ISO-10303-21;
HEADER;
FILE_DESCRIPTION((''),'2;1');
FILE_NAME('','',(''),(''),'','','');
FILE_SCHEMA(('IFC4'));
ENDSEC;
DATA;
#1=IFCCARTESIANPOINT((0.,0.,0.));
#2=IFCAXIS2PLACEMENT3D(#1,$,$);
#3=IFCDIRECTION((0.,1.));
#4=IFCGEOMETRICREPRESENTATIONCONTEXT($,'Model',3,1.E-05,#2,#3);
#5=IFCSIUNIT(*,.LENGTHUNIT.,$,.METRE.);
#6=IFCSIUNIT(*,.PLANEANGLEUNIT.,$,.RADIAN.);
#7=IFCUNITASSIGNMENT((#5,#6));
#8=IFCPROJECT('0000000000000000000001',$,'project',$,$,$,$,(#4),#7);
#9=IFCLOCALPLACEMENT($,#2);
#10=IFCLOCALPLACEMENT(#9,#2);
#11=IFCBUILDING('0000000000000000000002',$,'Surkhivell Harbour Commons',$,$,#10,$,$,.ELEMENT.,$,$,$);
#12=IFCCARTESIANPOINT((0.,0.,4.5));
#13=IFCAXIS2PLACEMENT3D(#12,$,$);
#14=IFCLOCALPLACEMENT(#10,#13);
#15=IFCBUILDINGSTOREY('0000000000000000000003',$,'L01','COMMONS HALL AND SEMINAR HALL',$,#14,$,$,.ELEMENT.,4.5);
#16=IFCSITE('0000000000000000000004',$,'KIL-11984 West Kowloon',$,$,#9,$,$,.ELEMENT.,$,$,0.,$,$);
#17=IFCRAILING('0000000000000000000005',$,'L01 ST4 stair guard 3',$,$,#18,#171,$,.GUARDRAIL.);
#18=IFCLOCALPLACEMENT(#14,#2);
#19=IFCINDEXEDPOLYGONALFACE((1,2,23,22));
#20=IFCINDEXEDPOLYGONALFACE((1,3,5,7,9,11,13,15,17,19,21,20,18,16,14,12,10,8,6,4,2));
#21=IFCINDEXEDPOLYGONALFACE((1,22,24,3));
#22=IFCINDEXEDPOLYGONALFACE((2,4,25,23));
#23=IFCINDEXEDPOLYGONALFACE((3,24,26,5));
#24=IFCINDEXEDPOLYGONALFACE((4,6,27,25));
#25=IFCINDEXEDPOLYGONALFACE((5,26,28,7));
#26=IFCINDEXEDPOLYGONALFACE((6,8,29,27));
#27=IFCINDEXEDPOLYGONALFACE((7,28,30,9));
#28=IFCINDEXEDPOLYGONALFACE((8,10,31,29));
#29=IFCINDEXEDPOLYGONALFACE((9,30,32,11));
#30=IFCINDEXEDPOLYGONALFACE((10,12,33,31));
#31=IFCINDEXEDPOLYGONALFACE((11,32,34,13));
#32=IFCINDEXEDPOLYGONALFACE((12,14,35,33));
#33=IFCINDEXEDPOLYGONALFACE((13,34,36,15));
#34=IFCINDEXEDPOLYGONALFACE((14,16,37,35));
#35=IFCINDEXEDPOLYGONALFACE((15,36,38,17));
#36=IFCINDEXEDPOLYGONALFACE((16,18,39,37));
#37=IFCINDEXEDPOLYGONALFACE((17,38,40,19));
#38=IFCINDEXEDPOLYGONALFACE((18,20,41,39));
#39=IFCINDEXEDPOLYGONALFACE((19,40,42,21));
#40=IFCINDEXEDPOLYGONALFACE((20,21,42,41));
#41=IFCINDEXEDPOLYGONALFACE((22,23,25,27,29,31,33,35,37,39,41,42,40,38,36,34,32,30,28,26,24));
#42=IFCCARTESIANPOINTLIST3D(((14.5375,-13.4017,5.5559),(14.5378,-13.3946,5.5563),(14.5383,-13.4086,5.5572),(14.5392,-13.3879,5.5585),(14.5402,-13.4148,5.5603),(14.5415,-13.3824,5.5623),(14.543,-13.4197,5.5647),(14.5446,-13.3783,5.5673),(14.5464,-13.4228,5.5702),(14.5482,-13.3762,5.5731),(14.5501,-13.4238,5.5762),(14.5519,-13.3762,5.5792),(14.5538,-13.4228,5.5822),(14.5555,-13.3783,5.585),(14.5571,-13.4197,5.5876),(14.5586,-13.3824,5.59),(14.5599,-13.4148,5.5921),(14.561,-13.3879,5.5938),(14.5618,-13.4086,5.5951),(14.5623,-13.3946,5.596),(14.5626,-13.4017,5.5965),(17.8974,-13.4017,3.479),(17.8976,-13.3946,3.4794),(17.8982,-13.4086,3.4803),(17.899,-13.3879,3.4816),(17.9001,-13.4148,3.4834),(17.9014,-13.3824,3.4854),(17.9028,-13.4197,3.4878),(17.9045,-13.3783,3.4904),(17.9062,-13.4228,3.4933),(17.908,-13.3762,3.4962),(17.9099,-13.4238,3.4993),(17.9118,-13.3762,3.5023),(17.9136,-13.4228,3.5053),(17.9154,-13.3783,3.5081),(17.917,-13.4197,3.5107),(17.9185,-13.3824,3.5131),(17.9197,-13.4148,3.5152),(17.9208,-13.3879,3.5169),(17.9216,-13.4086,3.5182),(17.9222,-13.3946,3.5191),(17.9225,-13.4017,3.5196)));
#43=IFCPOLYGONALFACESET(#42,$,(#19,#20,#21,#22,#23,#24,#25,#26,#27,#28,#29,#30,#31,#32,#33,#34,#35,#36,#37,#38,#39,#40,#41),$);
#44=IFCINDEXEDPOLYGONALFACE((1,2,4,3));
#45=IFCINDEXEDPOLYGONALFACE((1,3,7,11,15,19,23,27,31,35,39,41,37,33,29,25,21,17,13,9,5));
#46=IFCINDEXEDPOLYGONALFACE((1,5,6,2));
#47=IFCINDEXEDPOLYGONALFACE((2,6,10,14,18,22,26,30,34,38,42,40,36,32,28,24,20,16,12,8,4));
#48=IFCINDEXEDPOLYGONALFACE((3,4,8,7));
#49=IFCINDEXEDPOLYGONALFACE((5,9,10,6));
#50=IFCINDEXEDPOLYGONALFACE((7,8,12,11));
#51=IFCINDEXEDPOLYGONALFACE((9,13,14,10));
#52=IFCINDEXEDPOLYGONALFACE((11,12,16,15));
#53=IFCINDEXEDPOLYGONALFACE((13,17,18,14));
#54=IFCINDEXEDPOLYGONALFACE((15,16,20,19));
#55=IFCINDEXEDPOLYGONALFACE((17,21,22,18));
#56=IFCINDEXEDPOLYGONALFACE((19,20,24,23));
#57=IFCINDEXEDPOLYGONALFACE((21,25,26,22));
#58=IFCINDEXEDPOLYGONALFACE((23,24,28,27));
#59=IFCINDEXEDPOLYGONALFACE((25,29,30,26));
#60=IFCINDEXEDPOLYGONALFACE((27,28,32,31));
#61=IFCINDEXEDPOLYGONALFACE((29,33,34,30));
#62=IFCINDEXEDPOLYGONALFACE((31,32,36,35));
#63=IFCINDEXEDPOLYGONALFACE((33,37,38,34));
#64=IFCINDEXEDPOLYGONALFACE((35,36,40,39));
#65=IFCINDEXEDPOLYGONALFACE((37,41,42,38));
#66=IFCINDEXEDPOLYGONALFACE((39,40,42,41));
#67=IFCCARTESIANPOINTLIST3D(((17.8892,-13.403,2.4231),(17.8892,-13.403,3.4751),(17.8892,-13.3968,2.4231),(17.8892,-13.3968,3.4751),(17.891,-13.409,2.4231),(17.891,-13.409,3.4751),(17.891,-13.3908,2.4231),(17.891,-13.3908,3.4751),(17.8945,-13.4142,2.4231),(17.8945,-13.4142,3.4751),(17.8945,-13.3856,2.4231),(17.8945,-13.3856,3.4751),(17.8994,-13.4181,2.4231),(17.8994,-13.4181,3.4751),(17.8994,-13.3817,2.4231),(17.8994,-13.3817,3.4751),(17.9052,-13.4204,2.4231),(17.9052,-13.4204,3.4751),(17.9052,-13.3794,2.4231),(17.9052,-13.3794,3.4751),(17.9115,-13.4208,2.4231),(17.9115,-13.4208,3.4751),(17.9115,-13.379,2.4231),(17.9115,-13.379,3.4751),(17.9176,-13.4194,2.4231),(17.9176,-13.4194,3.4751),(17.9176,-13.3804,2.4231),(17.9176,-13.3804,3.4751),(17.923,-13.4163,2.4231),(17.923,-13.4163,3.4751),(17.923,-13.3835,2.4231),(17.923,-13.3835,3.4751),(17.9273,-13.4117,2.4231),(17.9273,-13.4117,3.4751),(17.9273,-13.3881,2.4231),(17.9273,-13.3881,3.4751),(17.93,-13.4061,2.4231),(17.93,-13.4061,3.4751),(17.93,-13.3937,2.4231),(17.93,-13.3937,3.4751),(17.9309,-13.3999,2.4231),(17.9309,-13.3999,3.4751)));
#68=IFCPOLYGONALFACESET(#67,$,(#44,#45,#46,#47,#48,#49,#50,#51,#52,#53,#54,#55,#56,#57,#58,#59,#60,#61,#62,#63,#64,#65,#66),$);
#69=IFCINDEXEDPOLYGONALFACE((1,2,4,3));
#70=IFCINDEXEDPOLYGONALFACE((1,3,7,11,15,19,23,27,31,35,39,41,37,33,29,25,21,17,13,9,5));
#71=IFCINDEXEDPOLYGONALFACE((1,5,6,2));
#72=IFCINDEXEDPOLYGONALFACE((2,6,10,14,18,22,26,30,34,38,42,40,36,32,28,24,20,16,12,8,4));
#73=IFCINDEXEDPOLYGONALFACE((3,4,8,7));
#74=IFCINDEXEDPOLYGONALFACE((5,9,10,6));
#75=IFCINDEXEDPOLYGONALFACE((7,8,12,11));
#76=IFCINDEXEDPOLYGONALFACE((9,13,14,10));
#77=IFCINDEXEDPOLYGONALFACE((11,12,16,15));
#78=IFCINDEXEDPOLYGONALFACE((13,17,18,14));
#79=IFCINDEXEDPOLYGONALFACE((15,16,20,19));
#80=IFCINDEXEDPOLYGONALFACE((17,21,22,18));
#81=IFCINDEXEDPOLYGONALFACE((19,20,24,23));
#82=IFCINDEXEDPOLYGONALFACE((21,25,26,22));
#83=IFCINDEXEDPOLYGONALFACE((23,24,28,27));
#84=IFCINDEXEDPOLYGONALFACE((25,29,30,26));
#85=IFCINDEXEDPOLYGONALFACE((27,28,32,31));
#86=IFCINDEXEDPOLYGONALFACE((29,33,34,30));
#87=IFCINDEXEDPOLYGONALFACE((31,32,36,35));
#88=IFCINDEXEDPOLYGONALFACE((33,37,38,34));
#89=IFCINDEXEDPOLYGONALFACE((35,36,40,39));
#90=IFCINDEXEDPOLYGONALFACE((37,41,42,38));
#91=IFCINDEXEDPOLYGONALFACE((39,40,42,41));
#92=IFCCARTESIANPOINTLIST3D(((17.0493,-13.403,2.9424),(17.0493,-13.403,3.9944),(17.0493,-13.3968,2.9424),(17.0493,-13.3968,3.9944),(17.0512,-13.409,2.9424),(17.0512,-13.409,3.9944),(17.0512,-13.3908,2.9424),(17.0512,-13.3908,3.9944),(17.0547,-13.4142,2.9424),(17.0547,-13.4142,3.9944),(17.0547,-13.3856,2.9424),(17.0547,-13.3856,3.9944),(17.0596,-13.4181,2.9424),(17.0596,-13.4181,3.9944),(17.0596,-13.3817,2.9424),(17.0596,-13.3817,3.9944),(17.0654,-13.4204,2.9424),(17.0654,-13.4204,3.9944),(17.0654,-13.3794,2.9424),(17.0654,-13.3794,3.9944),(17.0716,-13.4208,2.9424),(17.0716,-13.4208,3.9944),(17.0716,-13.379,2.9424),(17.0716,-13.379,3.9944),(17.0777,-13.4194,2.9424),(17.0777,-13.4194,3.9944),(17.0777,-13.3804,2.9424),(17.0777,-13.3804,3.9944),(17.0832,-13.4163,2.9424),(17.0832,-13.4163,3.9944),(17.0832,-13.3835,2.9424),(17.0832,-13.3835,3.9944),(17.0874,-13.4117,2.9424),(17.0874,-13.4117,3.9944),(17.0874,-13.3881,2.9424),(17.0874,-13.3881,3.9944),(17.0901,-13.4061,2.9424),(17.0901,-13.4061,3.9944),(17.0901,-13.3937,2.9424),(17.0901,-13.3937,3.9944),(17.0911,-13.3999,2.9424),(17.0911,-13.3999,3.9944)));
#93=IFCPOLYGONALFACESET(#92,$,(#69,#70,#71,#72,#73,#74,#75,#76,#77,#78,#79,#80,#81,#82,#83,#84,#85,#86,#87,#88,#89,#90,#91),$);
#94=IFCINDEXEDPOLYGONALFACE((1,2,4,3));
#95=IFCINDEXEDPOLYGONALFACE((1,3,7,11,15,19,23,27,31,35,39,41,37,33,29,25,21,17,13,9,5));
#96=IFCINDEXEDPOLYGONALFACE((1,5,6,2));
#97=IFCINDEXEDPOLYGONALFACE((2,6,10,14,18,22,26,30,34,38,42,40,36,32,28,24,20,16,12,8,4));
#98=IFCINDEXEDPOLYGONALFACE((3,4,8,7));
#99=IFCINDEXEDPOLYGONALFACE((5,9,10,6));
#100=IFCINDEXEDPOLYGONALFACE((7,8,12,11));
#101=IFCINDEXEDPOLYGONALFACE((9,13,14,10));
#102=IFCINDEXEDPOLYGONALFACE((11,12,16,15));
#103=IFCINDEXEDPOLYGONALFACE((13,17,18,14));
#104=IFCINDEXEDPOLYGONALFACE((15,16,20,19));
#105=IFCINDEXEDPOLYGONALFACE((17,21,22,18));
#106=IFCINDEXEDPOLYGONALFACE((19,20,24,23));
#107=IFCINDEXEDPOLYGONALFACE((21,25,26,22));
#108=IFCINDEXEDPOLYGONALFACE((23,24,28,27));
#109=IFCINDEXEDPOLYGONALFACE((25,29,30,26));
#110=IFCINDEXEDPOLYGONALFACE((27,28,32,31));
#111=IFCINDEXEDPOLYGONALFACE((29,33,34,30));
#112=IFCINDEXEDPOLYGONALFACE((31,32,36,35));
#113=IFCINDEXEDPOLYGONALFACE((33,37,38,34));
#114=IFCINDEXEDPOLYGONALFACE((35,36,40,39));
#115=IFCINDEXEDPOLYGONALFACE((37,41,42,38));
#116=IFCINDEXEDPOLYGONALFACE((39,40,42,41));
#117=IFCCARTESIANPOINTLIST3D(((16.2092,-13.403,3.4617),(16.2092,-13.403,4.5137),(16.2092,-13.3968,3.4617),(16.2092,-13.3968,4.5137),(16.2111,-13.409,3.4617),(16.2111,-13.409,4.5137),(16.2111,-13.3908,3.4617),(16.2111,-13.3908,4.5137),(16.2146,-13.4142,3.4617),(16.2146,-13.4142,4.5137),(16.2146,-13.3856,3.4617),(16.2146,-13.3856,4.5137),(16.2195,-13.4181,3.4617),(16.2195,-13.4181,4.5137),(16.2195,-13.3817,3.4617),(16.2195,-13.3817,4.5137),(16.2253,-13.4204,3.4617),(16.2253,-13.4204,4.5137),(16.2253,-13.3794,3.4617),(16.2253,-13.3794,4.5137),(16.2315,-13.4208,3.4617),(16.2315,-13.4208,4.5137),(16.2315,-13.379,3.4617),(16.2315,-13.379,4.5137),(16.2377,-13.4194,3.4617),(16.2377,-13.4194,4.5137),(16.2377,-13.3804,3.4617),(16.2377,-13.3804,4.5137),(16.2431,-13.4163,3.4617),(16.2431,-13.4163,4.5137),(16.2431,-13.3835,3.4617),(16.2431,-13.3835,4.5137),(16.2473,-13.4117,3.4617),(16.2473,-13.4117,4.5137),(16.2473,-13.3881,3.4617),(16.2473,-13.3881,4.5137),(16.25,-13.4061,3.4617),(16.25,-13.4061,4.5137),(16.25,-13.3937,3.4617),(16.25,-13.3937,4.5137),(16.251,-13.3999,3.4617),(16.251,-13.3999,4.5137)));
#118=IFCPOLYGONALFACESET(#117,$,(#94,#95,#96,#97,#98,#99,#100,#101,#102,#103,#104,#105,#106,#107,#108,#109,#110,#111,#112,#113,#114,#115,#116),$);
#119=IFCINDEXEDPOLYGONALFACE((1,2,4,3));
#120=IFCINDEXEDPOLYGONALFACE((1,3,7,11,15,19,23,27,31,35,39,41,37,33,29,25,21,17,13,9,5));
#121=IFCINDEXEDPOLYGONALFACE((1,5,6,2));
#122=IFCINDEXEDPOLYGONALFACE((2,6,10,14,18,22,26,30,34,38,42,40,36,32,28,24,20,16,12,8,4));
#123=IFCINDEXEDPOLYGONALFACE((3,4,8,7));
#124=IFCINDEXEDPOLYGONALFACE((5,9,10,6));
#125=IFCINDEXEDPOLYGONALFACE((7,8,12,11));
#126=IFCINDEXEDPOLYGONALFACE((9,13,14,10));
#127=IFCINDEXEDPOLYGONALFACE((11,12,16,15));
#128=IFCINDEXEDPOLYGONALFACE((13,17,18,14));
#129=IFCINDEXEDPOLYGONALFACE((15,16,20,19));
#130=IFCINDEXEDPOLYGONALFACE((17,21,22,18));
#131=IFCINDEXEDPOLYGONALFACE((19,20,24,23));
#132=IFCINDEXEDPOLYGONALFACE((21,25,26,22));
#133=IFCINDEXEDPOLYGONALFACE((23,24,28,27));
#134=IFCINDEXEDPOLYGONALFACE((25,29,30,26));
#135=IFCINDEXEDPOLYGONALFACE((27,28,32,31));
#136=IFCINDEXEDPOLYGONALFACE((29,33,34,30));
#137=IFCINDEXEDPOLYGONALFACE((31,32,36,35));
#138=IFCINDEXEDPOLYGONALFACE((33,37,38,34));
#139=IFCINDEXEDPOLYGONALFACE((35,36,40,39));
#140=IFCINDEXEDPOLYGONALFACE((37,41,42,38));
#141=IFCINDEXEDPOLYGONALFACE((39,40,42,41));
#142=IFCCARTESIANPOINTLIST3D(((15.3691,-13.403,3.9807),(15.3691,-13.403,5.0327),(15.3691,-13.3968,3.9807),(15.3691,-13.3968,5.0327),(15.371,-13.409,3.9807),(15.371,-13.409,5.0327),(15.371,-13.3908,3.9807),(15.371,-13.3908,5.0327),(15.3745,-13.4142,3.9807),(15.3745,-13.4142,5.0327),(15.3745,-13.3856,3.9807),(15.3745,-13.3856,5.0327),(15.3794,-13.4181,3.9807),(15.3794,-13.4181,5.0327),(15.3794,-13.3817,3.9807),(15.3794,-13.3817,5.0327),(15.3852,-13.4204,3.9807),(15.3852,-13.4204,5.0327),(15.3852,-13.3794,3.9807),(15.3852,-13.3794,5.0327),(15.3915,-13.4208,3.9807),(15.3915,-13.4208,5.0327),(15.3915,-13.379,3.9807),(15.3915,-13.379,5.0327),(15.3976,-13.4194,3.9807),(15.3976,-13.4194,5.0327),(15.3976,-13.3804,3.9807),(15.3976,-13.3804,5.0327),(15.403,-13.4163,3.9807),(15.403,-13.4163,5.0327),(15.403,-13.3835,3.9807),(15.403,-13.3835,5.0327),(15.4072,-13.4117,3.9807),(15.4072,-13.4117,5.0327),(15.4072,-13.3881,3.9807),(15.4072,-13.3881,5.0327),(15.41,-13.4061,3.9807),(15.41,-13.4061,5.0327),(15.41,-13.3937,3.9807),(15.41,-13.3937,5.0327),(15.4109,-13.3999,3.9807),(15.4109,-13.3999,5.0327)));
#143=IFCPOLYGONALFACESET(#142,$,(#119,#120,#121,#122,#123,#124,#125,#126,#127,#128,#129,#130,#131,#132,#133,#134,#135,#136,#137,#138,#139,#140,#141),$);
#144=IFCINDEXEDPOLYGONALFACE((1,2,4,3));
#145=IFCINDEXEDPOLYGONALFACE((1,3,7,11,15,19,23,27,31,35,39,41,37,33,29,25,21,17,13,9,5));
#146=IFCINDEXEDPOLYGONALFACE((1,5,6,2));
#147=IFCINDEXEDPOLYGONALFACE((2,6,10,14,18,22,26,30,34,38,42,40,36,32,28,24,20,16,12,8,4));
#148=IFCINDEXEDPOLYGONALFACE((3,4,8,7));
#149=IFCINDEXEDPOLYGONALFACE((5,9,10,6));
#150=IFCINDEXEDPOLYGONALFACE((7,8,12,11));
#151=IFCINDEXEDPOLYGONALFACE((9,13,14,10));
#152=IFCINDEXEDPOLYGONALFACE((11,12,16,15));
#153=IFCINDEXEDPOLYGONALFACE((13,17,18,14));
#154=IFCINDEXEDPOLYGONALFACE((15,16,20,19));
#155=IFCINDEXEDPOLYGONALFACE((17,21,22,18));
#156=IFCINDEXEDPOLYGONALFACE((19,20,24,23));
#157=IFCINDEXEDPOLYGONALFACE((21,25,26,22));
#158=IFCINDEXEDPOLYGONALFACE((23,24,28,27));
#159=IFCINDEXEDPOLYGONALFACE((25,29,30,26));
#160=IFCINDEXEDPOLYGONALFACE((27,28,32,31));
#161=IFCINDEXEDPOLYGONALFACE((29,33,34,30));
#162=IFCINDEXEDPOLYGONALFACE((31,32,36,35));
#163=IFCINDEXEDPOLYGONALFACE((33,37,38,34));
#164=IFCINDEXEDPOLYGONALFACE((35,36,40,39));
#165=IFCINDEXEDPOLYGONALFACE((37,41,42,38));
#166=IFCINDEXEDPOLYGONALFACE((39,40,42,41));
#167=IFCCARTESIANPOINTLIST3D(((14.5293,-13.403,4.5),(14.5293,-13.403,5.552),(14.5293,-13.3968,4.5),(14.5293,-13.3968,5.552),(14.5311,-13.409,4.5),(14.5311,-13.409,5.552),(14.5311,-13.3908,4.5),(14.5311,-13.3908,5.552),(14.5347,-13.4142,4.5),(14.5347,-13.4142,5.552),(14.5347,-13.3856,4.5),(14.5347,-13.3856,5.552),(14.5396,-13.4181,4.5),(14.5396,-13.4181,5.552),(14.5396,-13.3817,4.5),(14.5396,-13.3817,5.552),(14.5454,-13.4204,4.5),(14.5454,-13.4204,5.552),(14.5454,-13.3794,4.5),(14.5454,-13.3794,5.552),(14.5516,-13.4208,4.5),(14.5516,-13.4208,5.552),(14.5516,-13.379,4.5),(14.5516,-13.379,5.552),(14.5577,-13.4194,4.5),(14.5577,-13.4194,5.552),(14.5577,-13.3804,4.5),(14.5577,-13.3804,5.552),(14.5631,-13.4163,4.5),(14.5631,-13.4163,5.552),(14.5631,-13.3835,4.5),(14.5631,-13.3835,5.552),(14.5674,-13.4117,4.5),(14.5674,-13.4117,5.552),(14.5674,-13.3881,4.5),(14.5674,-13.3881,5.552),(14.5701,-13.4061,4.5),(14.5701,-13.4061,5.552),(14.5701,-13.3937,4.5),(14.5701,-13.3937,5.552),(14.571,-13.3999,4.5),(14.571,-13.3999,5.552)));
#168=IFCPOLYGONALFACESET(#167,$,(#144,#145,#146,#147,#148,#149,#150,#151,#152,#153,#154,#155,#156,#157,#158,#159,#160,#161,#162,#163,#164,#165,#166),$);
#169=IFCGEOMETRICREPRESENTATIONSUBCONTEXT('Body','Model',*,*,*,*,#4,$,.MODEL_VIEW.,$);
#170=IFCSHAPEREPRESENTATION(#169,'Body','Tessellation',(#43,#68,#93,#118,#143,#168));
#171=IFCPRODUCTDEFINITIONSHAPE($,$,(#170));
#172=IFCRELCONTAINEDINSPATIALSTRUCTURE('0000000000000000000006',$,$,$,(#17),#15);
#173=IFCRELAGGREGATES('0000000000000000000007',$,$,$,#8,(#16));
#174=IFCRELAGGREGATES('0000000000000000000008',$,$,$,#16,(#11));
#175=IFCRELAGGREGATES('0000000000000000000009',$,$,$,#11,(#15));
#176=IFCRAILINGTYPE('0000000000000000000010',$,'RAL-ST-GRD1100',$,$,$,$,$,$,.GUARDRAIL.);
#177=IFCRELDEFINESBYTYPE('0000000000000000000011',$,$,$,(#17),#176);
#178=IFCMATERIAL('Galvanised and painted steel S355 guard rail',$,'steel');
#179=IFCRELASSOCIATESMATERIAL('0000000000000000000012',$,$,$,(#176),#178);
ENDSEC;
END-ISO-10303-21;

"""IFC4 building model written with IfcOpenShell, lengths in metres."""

from ifc_helpers import new_model, si_unit, direction, frame, origin, origin_2d, place, context, subcontext, project, spatial, circle, extrude, material, type_object, element, save


model = new_model("IFC4")

# Units and contexts
model_context = context("Model", 3, precision=1e-05, world=origin(), true_north=direction((0.0, 1.0)))
body_context = subcontext(model_context, "Body", "Model", "MODEL_VIEW")
ifc_project = project(units=[si_unit("LENGTHUNIT", "METRE"), si_unit("PLANEANGLEUNIT", "RADIAN")], contexts=[model_context])

# Site, building, storey
site_placement = place(None, origin())
site = spatial("IfcSite", under=ifc_project, at=site_placement, Name="KIL-11984 West Kowloon", CompositionType="ELEMENT", RefElevation=0.0)
building_placement = place(site_placement, origin())
building = spatial("IfcBuilding", under=site, at=building_placement, Name="Surkhivell Harbour Commons", CompositionType="ELEMENT")
storey_placement = place(building_placement, frame((0.0, 0.0, 4.5)))
storey = spatial("IfcBuildingStorey", under=building, at=storey_placement, Name="L01", Description="COMMONS HALL AND SEMINAR HALL", CompositionType="ELEMENT", Elevation=4.5)

# Railing
ifc_material_1 = material(Name="Galvanised and painted steel S355 guard rail", Category="steel")
railing_type_1 = type_object("IfcRailingType", Name="RAL-ST-GRD1100", PredefinedType="GUARDRAIL", material=ifc_material_1)
railing_1_placement = place(storey_placement, frame((17.9099, -13.3999, 2.4231)))
element("IfcRailing", 1, at=railing_1_placement, inside=storey, type_object=railing_type_1, Name="L01 ST4 stair guard 3", PredefinedType="GUARDRAIL", context=body_context, shape_type="SweptSolid", body=[
    extrude(circle(Radius=0.0239, at=origin_2d()), frame((0.0, 0.0, 1.0762), z_axis=(-0.850606, 0.0, 0.525803), x_axis=(0.0, -1.0, 0.0)), (0.0, 0.0, 1.0), 3.95),
    extrude(circle(Radius=0.021, at=origin_2d()), origin(), (0.0, 0.0, 1.0), 1.052),
    extrude(circle(Radius=0.021, at=origin_2d()), frame((-0.8398, 0.0, 0.5193)), (0.0, 0.0, 1.0), 1.052),
    extrude(circle(Radius=0.021, at=origin_2d()), frame((-1.6799, 0.0, 1.0386)), (0.0, 0.0, 1.0), 1.052),
    extrude(circle(Radius=0.021, at=origin_2d()), frame((-2.52, 0.0, 1.5576)), (0.0, 0.0, 1.0), 1.052),
    extrude(circle(Radius=0.021, at=origin_2d()), frame((-3.3599, 0.0, 2.0769)), (0.0, 0.0, 1.0), 1.052),
])

save(model, "model.ifc")
